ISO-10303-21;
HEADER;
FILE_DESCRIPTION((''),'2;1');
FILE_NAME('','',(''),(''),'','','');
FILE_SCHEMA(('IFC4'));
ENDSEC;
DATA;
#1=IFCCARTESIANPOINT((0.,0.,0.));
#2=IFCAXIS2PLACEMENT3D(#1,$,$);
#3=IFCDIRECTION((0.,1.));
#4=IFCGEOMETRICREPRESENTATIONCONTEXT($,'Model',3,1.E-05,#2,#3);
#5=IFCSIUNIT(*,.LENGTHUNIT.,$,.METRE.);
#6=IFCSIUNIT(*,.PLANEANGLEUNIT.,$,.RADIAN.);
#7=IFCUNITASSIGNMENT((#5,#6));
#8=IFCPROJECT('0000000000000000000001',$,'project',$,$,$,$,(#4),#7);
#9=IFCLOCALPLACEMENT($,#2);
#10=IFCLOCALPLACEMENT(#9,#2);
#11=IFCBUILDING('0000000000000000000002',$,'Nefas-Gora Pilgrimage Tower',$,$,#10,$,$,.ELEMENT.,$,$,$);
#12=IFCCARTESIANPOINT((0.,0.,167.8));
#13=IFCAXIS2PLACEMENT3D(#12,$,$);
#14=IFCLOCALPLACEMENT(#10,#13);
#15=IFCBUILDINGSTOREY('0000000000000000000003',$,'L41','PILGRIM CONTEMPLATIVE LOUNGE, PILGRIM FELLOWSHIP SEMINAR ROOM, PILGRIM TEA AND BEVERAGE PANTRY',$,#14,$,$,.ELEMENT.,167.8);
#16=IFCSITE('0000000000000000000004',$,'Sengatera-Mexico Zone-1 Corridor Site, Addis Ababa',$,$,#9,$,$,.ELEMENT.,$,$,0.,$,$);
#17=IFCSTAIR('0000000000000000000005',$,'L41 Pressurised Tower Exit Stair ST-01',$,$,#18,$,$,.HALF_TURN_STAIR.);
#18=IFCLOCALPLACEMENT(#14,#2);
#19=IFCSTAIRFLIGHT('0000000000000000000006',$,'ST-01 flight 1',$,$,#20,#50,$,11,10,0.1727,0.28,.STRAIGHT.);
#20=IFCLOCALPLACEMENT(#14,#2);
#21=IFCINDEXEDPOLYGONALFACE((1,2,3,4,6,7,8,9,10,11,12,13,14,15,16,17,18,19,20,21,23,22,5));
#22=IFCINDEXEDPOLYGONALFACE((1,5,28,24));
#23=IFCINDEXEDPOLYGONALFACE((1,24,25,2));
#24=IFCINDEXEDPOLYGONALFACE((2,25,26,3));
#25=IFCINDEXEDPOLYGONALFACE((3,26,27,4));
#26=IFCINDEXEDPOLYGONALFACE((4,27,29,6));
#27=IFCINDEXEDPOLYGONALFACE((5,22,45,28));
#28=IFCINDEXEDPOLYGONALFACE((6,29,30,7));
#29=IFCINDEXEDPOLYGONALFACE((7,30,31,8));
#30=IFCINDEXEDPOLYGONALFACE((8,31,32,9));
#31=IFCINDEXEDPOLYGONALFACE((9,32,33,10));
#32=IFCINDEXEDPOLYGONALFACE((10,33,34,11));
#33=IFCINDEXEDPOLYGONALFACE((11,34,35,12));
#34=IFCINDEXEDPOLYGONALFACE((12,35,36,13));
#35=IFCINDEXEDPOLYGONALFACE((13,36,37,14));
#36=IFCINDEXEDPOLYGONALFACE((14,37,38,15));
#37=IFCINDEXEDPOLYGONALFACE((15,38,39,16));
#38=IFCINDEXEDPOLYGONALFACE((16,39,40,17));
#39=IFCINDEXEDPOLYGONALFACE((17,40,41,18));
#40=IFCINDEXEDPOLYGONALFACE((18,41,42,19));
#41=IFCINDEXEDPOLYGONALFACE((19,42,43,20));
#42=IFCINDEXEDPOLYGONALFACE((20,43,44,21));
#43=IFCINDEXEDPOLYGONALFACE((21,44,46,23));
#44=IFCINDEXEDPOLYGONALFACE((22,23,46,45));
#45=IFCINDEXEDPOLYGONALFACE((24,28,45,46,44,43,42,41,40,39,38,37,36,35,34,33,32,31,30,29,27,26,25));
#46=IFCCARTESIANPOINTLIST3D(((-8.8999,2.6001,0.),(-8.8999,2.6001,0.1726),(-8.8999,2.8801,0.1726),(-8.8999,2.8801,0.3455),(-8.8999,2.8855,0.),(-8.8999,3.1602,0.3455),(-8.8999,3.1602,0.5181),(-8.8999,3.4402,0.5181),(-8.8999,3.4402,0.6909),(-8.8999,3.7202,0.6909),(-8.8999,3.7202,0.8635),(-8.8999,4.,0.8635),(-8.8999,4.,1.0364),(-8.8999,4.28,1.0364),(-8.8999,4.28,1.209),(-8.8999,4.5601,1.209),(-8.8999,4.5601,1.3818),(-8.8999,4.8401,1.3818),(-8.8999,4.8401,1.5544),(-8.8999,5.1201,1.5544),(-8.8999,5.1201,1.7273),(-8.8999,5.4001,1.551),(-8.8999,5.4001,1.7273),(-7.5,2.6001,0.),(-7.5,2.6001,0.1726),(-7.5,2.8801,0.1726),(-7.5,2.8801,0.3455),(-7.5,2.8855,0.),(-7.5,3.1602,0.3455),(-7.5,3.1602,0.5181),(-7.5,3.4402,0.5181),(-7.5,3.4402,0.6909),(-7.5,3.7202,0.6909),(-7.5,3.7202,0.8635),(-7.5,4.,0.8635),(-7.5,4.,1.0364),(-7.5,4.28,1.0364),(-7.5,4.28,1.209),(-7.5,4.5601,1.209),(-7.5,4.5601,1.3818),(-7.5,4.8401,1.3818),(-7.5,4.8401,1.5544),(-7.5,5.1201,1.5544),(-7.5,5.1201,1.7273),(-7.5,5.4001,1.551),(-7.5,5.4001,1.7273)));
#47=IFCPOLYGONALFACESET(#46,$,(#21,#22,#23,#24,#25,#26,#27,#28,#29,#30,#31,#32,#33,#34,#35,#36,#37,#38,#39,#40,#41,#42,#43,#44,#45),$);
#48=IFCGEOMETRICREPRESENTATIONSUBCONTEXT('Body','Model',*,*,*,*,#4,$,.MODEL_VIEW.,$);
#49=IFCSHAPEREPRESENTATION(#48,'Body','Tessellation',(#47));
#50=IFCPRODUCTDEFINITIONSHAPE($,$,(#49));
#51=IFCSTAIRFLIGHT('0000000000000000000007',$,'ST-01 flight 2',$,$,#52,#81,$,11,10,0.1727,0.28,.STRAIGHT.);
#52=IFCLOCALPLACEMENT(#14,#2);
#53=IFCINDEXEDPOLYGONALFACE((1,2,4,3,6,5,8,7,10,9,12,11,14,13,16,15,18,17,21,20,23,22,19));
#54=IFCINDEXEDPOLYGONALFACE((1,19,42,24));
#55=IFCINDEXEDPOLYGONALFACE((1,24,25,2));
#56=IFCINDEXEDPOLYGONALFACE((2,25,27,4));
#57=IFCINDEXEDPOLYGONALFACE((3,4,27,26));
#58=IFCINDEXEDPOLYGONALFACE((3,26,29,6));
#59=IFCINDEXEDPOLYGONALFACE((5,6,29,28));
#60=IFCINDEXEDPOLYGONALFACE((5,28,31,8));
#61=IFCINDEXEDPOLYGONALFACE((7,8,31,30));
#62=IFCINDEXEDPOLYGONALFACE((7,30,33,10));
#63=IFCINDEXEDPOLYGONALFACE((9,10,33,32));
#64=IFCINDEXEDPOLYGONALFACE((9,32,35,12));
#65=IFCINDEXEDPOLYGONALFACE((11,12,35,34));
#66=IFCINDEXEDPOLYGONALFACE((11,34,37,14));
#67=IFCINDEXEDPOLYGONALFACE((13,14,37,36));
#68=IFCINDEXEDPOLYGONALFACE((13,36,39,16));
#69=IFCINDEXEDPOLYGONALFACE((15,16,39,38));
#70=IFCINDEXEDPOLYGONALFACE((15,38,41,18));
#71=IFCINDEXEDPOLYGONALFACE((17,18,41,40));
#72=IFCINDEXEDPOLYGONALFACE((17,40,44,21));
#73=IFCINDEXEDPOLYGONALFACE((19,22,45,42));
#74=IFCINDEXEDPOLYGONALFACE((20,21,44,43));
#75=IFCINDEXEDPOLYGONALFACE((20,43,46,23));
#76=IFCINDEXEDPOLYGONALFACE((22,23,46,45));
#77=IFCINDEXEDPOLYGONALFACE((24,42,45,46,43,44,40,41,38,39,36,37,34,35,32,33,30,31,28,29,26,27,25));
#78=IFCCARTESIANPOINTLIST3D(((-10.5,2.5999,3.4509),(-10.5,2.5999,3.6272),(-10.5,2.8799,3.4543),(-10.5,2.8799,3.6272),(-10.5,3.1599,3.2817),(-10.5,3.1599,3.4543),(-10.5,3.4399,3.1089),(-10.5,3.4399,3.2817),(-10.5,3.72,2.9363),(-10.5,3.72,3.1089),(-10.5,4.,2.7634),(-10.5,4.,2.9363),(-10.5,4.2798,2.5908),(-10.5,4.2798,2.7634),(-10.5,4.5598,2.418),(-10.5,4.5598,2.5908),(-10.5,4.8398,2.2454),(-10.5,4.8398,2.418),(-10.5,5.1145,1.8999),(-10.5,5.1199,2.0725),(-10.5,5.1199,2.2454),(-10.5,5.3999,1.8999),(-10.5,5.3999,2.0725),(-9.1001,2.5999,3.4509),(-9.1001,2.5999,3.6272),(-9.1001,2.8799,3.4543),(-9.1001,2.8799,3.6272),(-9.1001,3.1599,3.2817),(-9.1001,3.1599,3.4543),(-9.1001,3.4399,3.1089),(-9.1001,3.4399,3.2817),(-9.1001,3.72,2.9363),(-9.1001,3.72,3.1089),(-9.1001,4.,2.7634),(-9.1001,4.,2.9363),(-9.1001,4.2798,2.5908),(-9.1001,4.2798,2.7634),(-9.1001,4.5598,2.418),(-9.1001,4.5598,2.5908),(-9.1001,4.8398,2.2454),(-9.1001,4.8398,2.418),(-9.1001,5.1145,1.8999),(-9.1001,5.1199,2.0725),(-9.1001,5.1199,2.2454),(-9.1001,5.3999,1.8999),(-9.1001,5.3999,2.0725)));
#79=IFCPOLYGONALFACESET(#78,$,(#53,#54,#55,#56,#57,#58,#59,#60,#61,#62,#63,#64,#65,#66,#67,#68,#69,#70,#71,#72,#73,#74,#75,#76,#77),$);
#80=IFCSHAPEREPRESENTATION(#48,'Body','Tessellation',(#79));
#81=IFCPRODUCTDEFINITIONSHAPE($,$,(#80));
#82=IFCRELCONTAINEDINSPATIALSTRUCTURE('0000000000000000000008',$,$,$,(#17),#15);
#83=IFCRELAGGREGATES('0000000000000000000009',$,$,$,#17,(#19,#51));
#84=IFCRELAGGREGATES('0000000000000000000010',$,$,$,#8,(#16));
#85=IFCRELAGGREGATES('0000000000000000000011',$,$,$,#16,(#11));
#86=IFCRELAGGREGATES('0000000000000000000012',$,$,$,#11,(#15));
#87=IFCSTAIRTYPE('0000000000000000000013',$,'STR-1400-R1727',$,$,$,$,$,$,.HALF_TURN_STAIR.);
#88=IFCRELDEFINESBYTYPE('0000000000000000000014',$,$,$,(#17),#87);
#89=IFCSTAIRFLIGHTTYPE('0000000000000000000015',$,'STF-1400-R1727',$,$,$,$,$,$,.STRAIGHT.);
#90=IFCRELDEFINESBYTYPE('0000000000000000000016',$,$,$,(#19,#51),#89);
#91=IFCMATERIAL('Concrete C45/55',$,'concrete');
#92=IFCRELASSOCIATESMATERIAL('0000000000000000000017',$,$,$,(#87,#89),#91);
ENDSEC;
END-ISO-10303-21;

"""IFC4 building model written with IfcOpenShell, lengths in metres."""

from ifc_helpers import new_model, si_unit, direction, frame, origin, place, context, subcontext, project, spatial, polyline, outline, extrude, source, transform, mapped, material, type_object, element, aggregate, save


model = new_model("IFC4")

# Units and contexts
model_context = context("Model", 3, precision=1e-05, world=origin(), true_north=direction((0.0, 1.0)))
body_context = subcontext(model_context, "Body", "Model", "MODEL_VIEW")
ifc_project = project(units=[si_unit("LENGTHUNIT", "METRE"), si_unit("PLANEANGLEUNIT", "RADIAN")], contexts=[model_context])

# Site, building, storey
site_placement = place(None, origin())
site = spatial("IfcSite", under=ifc_project, at=site_placement, Name="Sengatera-Mexico Zone-1 Corridor Site, Addis Ababa", CompositionType="ELEMENT", RefElevation=0.0)
building_placement = place(site_placement, origin())
building = spatial("IfcBuilding", under=site, at=building_placement, Name="Nefas-Gora Pilgrimage Tower", CompositionType="ELEMENT")
storey_placement = place(building_placement, frame((0.0, 0.0, 167.8)))
storey = spatial("IfcBuildingStorey", under=building, at=storey_placement, Name="L41", Description="PILGRIM CONTEMPLATIVE LOUNGE, PILGRIM FELLOWSHIP SEMINAR ROOM, PILGRIM TEA AND BEVERAGE PANTRY", CompositionType="ELEMENT", Elevation=167.8)

# Shared definitions
ifc_material_1 = material(Name="Concrete C45/55", Category="concrete")

# Stair, stair flights
stair_type = type_object("IfcStairType", Name="STR-1400-R1727", PredefinedType="HALF_TURN_STAIR", material=ifc_material_1)
stair_placement = place(storey_placement, origin())
stair = element("IfcStair", 1, at=stair_placement, inside=storey, type_object=stair_type, Name="L41 Pressurised Tower Exit Stair ST-01", PredefinedType="HALF_TURN_STAIR")
stair_flight_type = type_object("IfcStairFlightType", Name="STF-1400-R1727", PredefinedType="STRAIGHT", material=ifc_material_1)
shared_shape_1 = source(origin(), body_context, "Body", "SweptSolid", [
    extrude(outline(polyline([(0.0, 0.0), (0.0, 0.1726), (0.28, 0.1726), (0.28, 0.3455), (0.5601, 0.3455), (0.5601, 0.5181), (0.8401, 0.5181), (0.8401, 0.6909), (1.1201, 0.6909), (1.1201, 0.8635), (1.3999, 0.8635), (1.3999, 1.0364), (1.6799, 1.0364), (1.6799, 1.209), (1.96, 1.209), (1.96, 1.3818), (2.24, 1.3818), (2.24, 1.5544), (2.52, 1.5544), (2.52, 1.7273), (2.8, 1.7273), (2.8, 1.8999), (2.8, 1.551), (0.2854, 0.0), (0.0, 0.0)])), frame((0.0, 0.7, 0.0), z_axis=(0.0, -1.0, 0.0), x_axis=(1.0, 0.0, 0.0)), (0.0, 0.0, 1.0), 1.3999),
])
stair_flight_1_placement = place(storey_placement, frame((-8.2, 2.6001, 0.0), z_axis=(0.0, 0.0, 1.0), x_axis=(0.0, 1.0, 0.0)))
stair_flight_1 = element("IfcStairFlight", 2, at=stair_flight_1_placement, type_object=stair_flight_type, Name="ST-01 flight 1", NumberOfRisers=11, NumberOfTreads=10, PredefinedType="STRAIGHT", RiserHeight=0.1727, TreadLength=0.28, context=body_context, shape_type="MappedRepresentation", body=[
    mapped(shared_shape_1, transform((0.0, 0.0, 0.0), x_axis=(1.0, 0.0, 0.0), y_axis=(0.0, 1.0, 0.0), z_axis=(0.0, 0.0, 1.0), scale=1.0)),
])
stair_flight_2_placement = place(storey_placement, frame((-9.8, 5.3999, 1.8999), z_axis=(0.0, 0.0, 1.0), x_axis=(0.0, -1.0, 0.0)))
stair_flight_2 = element("IfcStairFlight", 3, at=stair_flight_2_placement, type_object=stair_flight_type, Name="ST-01 flight 2", NumberOfRisers=11, NumberOfTreads=10, PredefinedType="STRAIGHT", RiserHeight=0.1727, TreadLength=0.28, context=body_context, shape_type="MappedRepresentation", body=[
    mapped(shared_shape_1, transform((0.0, 0.0, 0.0), x_axis=(1.0, 0.0, 0.0), y_axis=(0.0, 1.0, 0.0), z_axis=(0.0, 0.0, 1.0), scale=1.0)),
])
aggregate(stair, [stair_flight_1, stair_flight_2])

save(model, "model.ifc")
